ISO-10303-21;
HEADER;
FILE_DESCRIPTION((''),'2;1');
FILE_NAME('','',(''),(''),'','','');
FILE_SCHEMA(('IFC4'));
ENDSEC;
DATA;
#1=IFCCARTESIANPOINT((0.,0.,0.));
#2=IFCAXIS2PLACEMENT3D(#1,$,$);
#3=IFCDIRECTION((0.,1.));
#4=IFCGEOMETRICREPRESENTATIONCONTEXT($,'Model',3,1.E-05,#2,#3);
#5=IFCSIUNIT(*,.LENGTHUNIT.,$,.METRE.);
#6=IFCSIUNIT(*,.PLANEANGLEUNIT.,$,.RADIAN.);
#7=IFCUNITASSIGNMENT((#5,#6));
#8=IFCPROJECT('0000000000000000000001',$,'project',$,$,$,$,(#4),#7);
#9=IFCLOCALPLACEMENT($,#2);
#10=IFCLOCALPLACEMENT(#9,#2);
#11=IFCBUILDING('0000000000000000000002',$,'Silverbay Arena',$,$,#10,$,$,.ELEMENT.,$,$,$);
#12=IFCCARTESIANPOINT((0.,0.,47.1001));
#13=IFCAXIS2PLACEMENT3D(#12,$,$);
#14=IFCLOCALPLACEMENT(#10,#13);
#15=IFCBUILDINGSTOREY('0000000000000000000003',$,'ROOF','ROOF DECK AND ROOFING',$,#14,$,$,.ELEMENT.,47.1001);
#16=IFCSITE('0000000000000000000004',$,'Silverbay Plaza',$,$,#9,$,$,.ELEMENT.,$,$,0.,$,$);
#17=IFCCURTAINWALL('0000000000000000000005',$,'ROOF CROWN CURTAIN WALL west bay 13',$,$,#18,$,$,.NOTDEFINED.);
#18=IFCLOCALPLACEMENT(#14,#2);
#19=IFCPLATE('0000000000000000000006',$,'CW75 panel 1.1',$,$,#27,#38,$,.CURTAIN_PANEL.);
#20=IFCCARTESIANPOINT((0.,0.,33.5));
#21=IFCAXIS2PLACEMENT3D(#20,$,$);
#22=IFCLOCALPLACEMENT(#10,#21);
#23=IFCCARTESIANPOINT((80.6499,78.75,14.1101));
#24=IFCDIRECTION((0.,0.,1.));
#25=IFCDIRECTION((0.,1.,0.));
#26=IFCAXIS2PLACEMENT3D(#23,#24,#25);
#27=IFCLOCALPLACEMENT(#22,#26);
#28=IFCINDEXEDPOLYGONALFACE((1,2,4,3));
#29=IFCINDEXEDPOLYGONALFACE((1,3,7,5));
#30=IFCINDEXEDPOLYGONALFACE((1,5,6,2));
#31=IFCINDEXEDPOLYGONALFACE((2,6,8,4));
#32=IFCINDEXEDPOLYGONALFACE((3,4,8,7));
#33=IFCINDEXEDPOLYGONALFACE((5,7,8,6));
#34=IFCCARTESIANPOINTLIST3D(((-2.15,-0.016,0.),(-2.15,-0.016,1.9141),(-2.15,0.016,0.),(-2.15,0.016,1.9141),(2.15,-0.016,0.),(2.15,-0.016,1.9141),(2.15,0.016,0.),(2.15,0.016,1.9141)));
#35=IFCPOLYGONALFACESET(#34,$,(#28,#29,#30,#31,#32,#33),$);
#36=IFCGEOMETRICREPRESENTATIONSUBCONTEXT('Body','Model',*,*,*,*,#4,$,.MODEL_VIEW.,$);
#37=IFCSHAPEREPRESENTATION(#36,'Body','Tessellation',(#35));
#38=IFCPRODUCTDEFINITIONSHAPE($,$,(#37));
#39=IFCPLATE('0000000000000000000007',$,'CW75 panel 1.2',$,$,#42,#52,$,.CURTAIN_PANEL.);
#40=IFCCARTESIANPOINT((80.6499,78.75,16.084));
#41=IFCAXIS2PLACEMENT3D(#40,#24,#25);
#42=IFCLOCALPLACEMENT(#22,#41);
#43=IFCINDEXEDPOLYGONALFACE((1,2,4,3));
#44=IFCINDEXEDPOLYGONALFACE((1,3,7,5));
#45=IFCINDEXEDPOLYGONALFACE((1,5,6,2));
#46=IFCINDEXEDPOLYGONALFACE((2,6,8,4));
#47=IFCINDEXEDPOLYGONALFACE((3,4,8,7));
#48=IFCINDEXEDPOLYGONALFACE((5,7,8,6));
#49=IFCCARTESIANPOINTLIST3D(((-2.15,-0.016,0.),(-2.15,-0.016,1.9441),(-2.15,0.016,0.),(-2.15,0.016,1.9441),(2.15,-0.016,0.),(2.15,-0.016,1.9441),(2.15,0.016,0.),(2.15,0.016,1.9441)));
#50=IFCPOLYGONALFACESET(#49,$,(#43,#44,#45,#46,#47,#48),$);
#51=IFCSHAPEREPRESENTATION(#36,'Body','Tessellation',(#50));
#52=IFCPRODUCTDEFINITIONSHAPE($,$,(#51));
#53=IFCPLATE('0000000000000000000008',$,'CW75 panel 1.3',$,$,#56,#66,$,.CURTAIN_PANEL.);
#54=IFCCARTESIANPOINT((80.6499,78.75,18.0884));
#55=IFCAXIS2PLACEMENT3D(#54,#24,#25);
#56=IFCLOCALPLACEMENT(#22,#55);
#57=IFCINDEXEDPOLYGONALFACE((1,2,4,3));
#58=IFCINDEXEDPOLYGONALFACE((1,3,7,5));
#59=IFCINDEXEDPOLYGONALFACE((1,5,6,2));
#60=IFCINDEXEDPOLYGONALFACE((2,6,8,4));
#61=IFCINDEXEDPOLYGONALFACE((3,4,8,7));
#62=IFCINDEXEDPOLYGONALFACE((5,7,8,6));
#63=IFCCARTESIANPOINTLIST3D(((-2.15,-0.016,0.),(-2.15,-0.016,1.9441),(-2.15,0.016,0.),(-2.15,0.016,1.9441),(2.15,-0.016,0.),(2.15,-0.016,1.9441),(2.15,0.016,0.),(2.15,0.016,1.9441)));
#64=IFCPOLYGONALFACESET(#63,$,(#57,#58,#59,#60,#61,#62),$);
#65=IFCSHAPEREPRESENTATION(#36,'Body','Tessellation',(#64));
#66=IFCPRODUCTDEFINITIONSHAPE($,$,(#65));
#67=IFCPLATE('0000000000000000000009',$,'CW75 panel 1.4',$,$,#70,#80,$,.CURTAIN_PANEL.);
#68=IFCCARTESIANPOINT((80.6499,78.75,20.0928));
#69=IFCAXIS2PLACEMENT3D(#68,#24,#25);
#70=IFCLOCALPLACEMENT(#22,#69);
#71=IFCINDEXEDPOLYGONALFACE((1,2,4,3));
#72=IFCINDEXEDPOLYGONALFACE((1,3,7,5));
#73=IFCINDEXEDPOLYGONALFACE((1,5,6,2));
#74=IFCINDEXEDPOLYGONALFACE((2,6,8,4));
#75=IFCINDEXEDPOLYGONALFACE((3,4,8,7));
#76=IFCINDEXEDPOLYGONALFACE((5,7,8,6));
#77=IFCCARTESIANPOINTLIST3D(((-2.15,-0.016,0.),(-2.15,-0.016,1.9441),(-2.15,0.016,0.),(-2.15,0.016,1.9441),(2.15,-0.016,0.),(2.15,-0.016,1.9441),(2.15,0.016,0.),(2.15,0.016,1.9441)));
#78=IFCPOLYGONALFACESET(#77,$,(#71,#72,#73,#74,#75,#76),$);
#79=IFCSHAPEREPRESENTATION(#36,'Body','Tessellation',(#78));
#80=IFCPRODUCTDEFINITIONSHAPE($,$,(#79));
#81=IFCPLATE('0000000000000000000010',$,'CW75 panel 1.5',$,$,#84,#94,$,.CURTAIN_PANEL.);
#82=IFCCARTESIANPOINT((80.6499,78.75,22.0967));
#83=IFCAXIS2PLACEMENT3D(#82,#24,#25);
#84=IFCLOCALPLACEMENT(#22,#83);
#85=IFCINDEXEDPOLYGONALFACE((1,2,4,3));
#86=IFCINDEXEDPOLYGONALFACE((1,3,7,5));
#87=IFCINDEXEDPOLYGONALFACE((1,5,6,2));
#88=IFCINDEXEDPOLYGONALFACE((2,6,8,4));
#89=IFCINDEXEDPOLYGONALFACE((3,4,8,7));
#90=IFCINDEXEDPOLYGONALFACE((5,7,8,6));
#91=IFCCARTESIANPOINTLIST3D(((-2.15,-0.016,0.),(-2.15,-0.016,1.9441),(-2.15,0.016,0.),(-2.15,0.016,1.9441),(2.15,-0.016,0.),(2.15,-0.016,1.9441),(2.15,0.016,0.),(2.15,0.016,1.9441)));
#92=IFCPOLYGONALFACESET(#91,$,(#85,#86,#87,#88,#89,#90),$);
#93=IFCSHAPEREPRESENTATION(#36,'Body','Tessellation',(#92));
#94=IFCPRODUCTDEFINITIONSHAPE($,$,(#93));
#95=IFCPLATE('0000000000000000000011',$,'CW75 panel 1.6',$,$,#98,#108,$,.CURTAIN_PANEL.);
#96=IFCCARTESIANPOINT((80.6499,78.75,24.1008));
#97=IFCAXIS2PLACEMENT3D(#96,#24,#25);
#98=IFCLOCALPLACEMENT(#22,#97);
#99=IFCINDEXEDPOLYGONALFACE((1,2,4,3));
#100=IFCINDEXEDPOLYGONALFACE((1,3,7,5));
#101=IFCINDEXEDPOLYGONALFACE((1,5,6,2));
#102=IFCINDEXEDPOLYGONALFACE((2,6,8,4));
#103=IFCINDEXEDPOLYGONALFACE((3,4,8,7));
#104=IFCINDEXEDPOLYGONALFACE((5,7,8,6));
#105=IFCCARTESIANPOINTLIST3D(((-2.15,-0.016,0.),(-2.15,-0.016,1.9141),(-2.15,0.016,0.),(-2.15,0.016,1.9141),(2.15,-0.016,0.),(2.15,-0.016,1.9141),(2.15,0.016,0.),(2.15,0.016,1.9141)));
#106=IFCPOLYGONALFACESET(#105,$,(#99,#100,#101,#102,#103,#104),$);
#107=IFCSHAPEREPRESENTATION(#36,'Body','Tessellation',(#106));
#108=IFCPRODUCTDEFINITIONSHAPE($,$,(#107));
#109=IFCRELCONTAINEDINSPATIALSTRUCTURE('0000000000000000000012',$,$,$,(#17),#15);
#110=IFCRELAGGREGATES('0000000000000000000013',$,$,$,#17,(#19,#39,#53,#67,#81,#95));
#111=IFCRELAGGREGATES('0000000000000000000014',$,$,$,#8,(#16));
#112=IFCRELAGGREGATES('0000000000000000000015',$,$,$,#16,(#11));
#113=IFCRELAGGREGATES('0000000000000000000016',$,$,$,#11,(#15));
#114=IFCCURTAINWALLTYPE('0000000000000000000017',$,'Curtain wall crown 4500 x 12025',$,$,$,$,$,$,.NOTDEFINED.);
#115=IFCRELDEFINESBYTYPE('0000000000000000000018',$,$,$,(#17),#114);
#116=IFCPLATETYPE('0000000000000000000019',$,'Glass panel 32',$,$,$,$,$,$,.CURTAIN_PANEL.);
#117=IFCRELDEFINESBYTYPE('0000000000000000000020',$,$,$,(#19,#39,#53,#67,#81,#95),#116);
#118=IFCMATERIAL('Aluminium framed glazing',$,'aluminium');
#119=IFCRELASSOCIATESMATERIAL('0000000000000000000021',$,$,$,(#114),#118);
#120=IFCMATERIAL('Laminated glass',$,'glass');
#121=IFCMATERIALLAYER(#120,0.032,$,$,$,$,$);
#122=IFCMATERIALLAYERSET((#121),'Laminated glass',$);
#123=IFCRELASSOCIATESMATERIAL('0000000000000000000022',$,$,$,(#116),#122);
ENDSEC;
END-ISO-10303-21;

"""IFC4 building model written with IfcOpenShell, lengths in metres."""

from ifc_helpers import new_model, si_unit, direction, frame, origin, origin_2d, place, context, subcontext, project, spatial, rectangle, extrude, material, layer, layer_set, type_object, element, aggregate, save


model = new_model("IFC4")

# Units and contexts
model_context = context("Model", 3, precision=1e-05, world=origin(), true_north=direction((0.0, 1.0)))
body_context = subcontext(model_context, "Body", "Model", "MODEL_VIEW")
ifc_project = project(units=[si_unit("LENGTHUNIT", "METRE"), si_unit("PLANEANGLEUNIT", "RADIAN")], contexts=[model_context])

# Site, building, storey
site_placement = place(None, origin())
site = spatial("IfcSite", under=ifc_project, at=site_placement, Name="Silverbay Plaza", CompositionType="ELEMENT", RefElevation=0.0)
building_placement = place(site_placement, origin())
building = spatial("IfcBuilding", under=site, at=building_placement, Name="Silverbay Arena", CompositionType="ELEMENT")
storey_placement = place(building_placement, frame((0.0, 0.0, 47.1001)))
storey = spatial("IfcBuildingStorey", under=building, at=storey_placement, Name="ROOF", Description="ROOF DECK AND ROOFING", CompositionType="ELEMENT", Elevation=47.1001)

# Curtain wall
ifc_material_1 = material(Name="Aluminium framed glazing", Category="aluminium")
curtain_wall_type = type_object("IfcCurtainWallType", Name="Curtain wall crown 4500 x 12025", PredefinedType="NOTDEFINED", material=ifc_material_1)
curtain_wall_1_placement = place(storey_placement, origin())
curtain_wall_1 = element("IfcCurtainWall", 1, at=curtain_wall_1_placement, inside=storey, type_object=curtain_wall_type, Name="ROOF CROWN CURTAIN WALL west bay 13", PredefinedType="NOTDEFINED")
placement = place(building_placement, frame((0.0, 0.0, 33.5)))

# Plates
ifc_material_2 = material(Name="Laminated glass", Category="glass")
ifc_layer = layer(ifc_material_2, 0.032)
ifc_layer_set = layer_set([ifc_layer], Name="Laminated glass")
plate_type = type_object("IfcPlateType", Name="Glass panel 32", PredefinedType="CURTAIN_PANEL", material=ifc_layer_set)
plate_1_placement = place(placement, frame((80.6499, 78.75, 14.1101), z_axis=(0.0, 0.0, 1.0), x_axis=(0.0, 1.0, 0.0)))
plate_1 = element("IfcPlate", 2, at=plate_1_placement, type_object=plate_type, Name="CW75 panel 1.1", PredefinedType="CURTAIN_PANEL", context=body_context, shape_type="SweptSolid", body=[
    extrude(rectangle(XDim=4.3, YDim=0.032, at=origin_2d()), origin(), (0.0, 0.0, 1.0), 1.9141),
])
plate_2_placement = place(placement, frame((80.6499, 78.75, 16.084), z_axis=(0.0, 0.0, 1.0), x_axis=(0.0, 1.0, 0.0)))
plate_2 = element("IfcPlate", 3, at=plate_2_placement, type_object=plate_type, Name="CW75 panel 1.2", PredefinedType="CURTAIN_PANEL", context=body_context, shape_type="SweptSolid", body=[
    extrude(rectangle(XDim=4.3, YDim=0.032, at=origin_2d()), origin(), (0.0, 0.0, 1.0), 1.9441),
])
plate_3_placement = place(placement, frame((80.6499, 78.75, 18.0884), z_axis=(0.0, 0.0, 1.0), x_axis=(0.0, 1.0, 0.0)))
plate_3 = element("IfcPlate", 4, at=plate_3_placement, type_object=plate_type, Name="CW75 panel 1.3", PredefinedType="CURTAIN_PANEL", context=body_context, shape_type="SweptSolid", body=[
    extrude(rectangle(XDim=4.3, YDim=0.032, at=origin_2d()), origin(), (0.0, 0.0, 1.0), 1.9441),
])
plate_4_placement = place(placement, frame((80.6499, 78.75, 20.0928), z_axis=(0.0, 0.0, 1.0), x_axis=(0.0, 1.0, 0.0)))
plate_4 = element("IfcPlate", 5, at=plate_4_placement, type_object=plate_type, Name="CW75 panel 1.4", PredefinedType="CURTAIN_PANEL", context=body_context, shape_type="SweptSolid", body=[
    extrude(rectangle(XDim=4.3, YDim=0.032, at=origin_2d()), origin(), (0.0, 0.0, 1.0), 1.9441),
])
plate_5_placement = place(placement, frame((80.6499, 78.75, 22.0967), z_axis=(0.0, 0.0, 1.0), x_axis=(0.0, 1.0, 0.0)))
plate_5 = element("IfcPlate", 6, at=plate_5_placement, type_object=plate_type, Name="CW75 panel 1.5", PredefinedType="CURTAIN_PANEL", context=body_context, shape_type="SweptSolid", body=[
    extrude(rectangle(XDim=4.3, YDim=0.032, at=origin_2d()), origin(), (0.0, 0.0, 1.0), 1.9441),
])
plate_6_placement = place(placement, frame((80.6499, 78.75, 24.1008), z_axis=(0.0, 0.0, 1.0), x_axis=(0.0, 1.0, 0.0)))
plate_6 = element("IfcPlate", 7, at=plate_6_placement, type_object=plate_type, Name="CW75 panel 1.6", PredefinedType="CURTAIN_PANEL", context=body_context, shape_type="SweptSolid", body=[
    extrude(rectangle(XDim=4.3, YDim=0.032, at=origin_2d()), origin(), (0.0, 0.0, 1.0), 1.9141),
])
aggregate(curtain_wall_1, [plate_1, plate_2, plate_3, plate_4, plate_5, plate_6])

save(model, "model.ifc")
